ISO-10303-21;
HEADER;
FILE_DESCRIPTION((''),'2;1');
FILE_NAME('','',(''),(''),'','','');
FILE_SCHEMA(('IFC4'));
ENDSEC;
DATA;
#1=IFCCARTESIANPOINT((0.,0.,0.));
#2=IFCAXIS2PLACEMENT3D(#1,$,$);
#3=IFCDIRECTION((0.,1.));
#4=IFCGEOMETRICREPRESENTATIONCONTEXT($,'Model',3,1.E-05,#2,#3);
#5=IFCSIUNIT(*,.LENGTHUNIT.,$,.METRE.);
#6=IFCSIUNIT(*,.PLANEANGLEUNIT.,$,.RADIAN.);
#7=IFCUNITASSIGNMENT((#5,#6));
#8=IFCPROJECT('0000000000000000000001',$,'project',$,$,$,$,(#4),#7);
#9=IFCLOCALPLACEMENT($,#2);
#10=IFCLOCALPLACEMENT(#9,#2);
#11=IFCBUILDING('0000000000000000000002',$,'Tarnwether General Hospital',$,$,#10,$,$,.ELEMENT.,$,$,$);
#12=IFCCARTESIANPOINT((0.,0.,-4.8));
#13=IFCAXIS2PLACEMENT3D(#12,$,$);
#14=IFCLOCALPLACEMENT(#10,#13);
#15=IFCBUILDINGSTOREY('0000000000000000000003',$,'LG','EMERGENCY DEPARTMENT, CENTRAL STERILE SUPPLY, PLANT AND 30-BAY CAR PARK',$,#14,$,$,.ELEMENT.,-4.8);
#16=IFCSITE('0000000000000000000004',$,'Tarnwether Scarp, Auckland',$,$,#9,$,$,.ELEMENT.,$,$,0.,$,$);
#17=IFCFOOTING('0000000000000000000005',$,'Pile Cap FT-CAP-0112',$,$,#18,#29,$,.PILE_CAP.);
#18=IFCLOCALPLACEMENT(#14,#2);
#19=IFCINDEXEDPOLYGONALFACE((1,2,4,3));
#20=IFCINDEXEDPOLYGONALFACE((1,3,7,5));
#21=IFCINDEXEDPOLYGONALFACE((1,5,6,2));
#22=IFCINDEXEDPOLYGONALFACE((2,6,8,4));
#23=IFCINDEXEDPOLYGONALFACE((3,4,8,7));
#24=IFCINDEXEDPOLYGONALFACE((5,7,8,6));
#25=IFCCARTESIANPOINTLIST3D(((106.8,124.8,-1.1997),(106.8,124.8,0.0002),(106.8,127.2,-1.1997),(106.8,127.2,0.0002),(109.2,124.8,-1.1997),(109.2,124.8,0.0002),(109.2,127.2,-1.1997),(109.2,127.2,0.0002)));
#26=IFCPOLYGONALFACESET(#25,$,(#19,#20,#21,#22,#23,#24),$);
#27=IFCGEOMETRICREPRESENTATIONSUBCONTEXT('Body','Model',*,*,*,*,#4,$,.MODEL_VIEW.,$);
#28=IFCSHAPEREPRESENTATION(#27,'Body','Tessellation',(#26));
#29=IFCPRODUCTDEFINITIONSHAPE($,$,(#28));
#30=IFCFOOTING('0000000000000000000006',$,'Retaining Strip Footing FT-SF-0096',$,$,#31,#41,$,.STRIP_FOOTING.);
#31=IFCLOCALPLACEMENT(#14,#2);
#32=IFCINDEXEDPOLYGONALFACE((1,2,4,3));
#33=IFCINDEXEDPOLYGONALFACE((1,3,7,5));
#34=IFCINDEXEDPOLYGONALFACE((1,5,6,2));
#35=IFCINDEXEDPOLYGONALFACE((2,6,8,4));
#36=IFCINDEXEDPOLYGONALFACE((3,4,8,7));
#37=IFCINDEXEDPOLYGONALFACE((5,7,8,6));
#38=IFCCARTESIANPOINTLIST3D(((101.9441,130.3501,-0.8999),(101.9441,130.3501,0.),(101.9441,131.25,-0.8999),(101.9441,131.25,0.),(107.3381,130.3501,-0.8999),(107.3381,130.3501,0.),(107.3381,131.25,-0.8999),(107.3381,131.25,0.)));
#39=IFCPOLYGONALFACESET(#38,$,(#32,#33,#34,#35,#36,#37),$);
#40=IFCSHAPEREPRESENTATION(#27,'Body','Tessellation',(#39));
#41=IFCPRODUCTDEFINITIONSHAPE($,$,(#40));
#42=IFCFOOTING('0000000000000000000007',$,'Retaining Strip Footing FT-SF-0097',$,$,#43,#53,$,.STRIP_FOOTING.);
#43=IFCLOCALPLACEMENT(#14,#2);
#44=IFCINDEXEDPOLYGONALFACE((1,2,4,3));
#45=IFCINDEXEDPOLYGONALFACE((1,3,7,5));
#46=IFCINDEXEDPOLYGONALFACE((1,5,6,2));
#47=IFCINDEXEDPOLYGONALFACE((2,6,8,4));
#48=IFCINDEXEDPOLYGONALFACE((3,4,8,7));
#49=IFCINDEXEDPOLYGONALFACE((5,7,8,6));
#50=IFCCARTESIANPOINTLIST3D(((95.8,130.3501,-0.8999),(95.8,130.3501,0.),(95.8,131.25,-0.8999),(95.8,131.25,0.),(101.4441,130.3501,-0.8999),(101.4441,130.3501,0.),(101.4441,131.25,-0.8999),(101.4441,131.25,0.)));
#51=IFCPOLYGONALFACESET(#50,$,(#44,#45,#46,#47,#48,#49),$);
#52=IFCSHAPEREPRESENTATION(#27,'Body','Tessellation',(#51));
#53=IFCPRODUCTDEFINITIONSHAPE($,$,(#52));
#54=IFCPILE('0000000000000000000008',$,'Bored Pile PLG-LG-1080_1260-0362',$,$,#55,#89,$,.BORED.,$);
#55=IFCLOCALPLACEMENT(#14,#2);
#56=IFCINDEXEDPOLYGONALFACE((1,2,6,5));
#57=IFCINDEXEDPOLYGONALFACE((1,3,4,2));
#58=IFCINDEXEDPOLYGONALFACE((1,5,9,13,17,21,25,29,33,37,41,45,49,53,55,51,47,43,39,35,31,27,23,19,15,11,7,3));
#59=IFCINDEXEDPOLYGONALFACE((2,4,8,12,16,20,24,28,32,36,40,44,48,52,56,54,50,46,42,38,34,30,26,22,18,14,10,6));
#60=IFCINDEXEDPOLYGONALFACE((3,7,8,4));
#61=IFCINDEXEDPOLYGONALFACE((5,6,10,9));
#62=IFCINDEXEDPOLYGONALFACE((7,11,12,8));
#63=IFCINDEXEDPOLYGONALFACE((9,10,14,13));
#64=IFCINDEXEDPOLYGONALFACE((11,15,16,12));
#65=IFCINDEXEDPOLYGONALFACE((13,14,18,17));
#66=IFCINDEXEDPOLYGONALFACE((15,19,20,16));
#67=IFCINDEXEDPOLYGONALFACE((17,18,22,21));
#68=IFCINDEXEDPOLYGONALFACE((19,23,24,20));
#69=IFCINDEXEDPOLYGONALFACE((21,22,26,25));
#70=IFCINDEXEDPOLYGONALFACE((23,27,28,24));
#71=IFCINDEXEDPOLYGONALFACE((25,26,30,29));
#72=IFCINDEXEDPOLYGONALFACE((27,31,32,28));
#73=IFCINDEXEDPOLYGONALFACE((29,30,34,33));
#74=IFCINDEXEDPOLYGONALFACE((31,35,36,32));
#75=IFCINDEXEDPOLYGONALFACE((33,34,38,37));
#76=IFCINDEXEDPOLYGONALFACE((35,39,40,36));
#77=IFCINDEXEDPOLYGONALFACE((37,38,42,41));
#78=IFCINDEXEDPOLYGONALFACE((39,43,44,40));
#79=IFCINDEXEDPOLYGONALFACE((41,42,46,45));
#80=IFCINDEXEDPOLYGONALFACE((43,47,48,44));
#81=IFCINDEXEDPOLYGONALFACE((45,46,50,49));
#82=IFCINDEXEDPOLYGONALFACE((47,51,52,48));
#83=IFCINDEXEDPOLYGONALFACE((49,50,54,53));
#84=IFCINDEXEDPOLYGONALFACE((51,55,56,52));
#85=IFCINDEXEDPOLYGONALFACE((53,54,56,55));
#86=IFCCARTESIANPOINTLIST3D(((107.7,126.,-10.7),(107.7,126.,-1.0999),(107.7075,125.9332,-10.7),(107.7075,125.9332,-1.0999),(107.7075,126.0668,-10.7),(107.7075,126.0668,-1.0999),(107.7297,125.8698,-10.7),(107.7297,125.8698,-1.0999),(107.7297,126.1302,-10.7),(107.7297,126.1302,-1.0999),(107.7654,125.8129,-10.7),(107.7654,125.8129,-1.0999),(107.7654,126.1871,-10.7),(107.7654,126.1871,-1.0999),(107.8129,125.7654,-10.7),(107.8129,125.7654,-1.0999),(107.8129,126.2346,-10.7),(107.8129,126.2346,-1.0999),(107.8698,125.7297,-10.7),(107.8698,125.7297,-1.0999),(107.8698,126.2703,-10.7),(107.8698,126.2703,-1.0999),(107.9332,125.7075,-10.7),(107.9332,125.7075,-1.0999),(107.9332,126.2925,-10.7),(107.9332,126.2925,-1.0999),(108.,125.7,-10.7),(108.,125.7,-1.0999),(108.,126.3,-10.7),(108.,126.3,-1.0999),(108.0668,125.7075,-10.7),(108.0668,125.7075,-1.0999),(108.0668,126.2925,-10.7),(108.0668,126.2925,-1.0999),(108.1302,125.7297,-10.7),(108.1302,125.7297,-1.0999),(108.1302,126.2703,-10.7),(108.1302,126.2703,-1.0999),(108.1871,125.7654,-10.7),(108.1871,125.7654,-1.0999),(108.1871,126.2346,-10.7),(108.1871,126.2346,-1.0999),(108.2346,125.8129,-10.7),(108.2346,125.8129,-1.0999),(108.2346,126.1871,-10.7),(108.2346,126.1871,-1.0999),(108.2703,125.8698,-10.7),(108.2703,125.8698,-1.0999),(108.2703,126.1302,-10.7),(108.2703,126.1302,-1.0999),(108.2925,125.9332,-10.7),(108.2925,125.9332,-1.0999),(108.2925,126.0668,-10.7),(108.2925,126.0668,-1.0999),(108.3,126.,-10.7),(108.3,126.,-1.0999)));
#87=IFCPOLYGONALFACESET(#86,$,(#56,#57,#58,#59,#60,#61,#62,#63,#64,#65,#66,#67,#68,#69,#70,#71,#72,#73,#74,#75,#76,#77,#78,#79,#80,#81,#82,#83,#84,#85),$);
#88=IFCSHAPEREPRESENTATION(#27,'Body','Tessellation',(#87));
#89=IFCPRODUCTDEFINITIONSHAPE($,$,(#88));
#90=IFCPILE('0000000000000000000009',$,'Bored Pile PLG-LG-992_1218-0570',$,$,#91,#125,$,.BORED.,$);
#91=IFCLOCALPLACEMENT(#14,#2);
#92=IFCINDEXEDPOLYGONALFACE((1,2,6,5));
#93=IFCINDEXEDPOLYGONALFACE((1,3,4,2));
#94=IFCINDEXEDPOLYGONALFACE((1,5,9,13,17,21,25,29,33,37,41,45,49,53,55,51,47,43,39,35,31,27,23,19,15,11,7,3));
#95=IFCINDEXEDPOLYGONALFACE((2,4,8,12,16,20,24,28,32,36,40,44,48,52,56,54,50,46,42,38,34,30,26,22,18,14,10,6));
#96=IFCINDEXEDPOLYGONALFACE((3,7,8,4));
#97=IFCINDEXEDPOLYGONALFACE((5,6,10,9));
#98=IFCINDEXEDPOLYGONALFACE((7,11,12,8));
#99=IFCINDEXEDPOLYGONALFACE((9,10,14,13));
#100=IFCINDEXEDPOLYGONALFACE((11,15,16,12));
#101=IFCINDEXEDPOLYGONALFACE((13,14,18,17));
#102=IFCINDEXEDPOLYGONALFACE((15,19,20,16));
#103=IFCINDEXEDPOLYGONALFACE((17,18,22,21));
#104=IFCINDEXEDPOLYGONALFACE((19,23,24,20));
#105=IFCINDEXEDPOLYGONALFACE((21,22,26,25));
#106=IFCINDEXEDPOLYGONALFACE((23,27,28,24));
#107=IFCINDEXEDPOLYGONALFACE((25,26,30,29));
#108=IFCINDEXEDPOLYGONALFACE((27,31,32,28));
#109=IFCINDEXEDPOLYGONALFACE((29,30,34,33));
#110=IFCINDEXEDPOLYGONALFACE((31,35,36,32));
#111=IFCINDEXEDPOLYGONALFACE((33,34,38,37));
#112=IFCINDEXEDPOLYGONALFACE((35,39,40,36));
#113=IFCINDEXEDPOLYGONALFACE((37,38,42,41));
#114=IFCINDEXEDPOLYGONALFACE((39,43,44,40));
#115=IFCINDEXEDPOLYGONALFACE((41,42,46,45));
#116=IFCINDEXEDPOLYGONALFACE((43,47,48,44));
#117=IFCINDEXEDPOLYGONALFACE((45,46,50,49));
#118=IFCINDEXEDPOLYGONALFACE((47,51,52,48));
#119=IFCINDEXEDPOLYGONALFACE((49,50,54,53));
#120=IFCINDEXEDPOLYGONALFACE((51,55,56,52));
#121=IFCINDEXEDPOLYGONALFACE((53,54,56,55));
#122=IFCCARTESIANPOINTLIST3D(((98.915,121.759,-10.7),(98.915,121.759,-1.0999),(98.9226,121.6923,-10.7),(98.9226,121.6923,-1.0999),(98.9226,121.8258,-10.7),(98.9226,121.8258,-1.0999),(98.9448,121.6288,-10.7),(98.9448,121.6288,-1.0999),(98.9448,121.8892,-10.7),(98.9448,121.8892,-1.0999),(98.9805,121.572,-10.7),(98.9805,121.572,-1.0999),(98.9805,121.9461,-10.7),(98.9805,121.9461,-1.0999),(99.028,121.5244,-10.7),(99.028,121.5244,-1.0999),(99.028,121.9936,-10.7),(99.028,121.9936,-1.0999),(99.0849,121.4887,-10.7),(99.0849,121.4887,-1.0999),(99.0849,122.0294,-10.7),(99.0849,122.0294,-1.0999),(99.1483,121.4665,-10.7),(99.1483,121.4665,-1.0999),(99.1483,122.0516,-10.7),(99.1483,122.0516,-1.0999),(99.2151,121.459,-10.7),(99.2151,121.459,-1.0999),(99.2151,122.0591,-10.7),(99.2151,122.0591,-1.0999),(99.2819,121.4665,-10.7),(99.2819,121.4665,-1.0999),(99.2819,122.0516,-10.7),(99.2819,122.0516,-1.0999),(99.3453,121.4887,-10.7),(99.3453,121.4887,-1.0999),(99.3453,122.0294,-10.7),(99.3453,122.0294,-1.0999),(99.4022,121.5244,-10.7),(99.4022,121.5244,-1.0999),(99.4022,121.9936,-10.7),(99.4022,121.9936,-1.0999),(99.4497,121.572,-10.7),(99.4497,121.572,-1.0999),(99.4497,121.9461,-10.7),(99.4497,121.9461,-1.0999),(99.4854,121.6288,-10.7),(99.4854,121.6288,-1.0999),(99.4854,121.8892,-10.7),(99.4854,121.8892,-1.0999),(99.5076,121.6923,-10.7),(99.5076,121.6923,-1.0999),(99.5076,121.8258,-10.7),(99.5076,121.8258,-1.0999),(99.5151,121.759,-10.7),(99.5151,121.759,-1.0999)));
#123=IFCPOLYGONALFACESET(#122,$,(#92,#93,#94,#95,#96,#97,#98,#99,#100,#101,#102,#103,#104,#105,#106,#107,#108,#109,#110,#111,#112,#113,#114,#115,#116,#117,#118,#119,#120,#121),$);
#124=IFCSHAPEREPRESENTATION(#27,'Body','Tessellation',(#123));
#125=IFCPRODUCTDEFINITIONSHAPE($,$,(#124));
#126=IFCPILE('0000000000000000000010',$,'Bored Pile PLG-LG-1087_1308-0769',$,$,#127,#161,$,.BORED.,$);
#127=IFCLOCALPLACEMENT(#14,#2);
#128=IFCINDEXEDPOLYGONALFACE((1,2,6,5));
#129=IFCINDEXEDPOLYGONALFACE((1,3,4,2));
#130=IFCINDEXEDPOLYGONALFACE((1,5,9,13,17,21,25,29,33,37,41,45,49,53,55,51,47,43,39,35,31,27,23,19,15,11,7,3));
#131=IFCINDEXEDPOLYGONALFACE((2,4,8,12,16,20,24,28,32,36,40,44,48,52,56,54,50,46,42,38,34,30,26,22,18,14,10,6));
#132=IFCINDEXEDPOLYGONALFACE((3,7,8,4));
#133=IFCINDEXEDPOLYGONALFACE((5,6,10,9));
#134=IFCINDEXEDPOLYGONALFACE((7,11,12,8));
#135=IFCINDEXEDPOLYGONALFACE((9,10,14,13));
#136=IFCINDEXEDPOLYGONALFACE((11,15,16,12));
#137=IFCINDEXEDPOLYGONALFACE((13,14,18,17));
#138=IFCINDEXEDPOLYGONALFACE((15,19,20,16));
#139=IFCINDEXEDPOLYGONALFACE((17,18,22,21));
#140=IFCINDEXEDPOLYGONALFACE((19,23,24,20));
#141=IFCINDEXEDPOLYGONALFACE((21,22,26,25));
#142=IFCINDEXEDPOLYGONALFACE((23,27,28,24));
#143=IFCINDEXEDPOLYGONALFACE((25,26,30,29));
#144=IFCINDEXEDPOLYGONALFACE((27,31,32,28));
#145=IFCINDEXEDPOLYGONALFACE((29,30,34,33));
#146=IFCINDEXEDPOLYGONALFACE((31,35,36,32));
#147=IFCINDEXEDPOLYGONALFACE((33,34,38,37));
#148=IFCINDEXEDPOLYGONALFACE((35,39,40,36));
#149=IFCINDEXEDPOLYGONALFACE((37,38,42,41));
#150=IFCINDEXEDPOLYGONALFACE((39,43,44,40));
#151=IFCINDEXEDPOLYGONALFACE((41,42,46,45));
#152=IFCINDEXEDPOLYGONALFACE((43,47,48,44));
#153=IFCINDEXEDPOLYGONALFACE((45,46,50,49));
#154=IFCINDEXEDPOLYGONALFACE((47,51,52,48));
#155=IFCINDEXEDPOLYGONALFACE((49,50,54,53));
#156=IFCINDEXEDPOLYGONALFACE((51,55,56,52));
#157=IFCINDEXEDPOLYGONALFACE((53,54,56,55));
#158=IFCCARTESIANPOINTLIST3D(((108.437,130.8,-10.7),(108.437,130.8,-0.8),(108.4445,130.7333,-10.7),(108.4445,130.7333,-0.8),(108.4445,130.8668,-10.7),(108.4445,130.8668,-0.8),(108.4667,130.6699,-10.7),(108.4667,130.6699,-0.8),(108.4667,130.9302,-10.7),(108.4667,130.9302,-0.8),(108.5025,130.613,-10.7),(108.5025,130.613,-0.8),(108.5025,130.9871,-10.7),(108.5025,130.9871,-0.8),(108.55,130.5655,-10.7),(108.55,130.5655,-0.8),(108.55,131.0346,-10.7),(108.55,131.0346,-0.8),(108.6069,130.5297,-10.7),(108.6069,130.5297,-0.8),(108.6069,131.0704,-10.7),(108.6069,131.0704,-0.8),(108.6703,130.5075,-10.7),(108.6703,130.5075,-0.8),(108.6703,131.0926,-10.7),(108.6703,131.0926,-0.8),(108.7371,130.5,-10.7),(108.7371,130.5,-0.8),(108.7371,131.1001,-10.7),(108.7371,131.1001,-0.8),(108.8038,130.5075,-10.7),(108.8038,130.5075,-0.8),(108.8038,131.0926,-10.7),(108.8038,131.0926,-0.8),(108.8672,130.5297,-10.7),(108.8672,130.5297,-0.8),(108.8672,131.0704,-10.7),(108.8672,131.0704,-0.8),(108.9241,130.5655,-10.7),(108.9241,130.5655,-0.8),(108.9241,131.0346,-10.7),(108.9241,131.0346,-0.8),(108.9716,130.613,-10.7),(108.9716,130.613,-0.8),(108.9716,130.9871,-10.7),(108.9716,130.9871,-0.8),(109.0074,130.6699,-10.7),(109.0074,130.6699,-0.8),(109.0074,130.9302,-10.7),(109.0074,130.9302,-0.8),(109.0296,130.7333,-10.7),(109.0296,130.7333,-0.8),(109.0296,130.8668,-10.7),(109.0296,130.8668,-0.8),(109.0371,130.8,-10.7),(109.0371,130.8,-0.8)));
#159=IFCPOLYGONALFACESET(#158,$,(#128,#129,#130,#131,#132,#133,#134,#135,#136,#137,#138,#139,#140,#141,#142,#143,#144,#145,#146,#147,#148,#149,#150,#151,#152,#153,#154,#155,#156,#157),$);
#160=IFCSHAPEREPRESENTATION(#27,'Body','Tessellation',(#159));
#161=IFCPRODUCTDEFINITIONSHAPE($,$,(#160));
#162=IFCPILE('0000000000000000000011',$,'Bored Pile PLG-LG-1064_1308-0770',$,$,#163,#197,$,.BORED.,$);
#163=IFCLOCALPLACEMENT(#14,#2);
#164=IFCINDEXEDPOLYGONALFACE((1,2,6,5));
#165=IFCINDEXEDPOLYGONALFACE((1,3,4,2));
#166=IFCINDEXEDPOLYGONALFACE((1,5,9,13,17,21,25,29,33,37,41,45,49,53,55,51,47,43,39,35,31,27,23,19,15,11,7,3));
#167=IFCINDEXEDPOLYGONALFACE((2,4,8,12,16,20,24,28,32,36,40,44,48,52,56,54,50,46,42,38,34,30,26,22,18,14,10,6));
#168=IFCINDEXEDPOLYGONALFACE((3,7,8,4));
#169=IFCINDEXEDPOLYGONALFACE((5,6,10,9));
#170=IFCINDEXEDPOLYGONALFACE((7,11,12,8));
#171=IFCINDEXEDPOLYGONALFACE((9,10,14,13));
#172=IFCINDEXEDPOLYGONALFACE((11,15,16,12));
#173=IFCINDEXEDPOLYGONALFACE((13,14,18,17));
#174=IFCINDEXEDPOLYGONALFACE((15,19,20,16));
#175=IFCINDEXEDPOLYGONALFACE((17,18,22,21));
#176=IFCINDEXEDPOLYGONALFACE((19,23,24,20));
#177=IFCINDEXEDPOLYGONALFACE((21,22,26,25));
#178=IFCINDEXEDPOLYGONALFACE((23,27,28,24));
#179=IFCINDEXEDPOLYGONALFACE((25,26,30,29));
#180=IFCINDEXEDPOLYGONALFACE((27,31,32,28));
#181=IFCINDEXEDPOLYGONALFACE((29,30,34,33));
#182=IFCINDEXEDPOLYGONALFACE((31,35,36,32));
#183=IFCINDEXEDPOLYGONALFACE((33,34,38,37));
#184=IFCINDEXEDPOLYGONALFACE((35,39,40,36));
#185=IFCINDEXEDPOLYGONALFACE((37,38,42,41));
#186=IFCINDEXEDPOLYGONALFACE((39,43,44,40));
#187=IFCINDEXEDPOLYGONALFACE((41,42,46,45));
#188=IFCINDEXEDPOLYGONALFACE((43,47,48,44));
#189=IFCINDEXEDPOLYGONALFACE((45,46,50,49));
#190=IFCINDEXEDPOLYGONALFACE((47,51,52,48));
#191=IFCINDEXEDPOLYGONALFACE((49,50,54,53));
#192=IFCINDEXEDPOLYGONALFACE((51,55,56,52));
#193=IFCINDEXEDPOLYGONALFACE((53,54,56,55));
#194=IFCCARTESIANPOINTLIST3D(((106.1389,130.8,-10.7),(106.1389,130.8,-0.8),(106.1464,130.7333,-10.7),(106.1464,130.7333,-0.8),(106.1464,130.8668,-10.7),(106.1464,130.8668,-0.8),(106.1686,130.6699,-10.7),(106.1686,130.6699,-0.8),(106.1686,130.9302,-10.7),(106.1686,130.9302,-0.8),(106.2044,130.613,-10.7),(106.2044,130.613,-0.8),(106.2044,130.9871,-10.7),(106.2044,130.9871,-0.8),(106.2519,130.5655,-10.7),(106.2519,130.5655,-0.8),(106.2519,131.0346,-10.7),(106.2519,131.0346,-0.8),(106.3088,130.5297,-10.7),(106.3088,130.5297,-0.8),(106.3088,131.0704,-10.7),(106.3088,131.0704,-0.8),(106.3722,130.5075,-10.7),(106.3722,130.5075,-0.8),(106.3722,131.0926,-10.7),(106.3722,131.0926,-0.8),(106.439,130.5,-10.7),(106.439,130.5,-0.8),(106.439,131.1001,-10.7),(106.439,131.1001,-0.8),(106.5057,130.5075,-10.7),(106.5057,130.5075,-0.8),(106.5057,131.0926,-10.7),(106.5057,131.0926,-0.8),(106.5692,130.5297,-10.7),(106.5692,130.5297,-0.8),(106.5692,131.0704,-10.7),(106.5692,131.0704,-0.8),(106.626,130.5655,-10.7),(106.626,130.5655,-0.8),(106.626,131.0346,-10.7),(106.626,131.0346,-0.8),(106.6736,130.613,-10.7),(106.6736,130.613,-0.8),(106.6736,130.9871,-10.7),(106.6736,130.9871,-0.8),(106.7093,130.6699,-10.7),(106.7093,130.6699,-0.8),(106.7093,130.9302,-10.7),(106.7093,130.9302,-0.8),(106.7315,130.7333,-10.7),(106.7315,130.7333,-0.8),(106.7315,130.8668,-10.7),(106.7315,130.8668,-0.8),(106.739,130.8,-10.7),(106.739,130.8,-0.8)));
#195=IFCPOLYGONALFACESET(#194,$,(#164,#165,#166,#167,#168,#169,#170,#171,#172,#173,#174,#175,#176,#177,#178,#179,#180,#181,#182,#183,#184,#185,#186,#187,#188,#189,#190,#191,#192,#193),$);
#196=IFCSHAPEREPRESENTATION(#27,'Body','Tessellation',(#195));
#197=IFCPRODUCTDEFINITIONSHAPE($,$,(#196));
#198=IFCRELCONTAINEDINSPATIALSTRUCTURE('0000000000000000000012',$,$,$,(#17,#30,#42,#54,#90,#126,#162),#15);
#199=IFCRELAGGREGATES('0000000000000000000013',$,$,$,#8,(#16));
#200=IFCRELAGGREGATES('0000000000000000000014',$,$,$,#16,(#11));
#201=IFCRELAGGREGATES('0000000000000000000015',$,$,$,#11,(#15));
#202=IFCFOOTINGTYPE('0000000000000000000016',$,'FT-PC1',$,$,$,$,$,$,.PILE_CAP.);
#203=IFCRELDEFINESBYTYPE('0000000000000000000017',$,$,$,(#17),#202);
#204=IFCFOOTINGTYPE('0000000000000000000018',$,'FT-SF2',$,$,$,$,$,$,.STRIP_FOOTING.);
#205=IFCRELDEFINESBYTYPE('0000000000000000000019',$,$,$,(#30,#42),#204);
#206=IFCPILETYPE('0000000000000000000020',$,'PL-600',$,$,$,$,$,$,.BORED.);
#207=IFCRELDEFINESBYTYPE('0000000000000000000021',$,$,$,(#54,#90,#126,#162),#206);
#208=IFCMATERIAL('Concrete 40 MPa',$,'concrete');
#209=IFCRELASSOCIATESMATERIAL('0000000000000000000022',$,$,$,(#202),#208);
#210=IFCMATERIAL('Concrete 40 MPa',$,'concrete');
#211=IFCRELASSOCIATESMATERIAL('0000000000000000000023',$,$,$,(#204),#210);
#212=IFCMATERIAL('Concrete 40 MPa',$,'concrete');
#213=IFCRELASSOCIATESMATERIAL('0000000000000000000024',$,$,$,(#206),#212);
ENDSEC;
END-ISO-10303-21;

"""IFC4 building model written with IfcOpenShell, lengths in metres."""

from ifc_helpers import new_model, si_unit, direction, frame, origin, origin_2d, place, context, subcontext, project, spatial, rectangle, circle, extrude, material, material_profile, profile_set, type_object, element, save


model = new_model("IFC4")

# Units and contexts
model_context = context("Model", 3, precision=1e-05, world=origin(), true_north=direction((0.0, 1.0)))
body_context = subcontext(model_context, "Body", "Model", "MODEL_VIEW")
ifc_project = project(units=[si_unit("LENGTHUNIT", "METRE"), si_unit("PLANEANGLEUNIT", "RADIAN")], contexts=[model_context])

# Site, building, storey
site_placement = place(None, origin())
site = spatial("IfcSite", under=ifc_project, at=site_placement, Name="Tarnwether Scarp, Auckland", CompositionType="ELEMENT", RefElevation=0.0)
building_placement = place(site_placement, origin())
building = spatial("IfcBuilding", under=site, at=building_placement, Name="Tarnwether General Hospital", CompositionType="ELEMENT")
storey_placement = place(building_placement, frame((0.0, 0.0, -4.8)))
storey = spatial("IfcBuildingStorey", under=building, at=storey_placement, Name="LG", Description="EMERGENCY DEPARTMENT, CENTRAL STERILE SUPPLY, PLANT AND 30-BAY CAR PARK", CompositionType="ELEMENT", Elevation=-4.8)

# Footings
ifc_material_1 = material(Name="Concrete 40 MPa", Category="concrete")
footing_type_1 = type_object("IfcFootingType", Name="FT-PC1", PredefinedType="PILE_CAP", material=ifc_material_1)
footing_1_placement = place(storey_placement, frame((108.0, 126.0, -1.1997), z_axis=(0.0, 0.0, 1.0), x_axis=(0.0, 1.0, 0.0)))
element("IfcFooting", 1, at=footing_1_placement, inside=storey, type_object=footing_type_1, Name="Pile Cap FT-CAP-0112", PredefinedType="PILE_CAP", context=body_context, shape_type="SweptSolid", body=[
    extrude(rectangle(XDim=2.3999, YDim=2.3999, at=origin_2d()), origin(), (0.0, 0.0, 1.0), 1.2),
])
ifc_material_2 = material(Name="Concrete 40 MPa", Category="concrete")
footing_type_2 = type_object("IfcFootingType", Name="FT-SF2", PredefinedType="STRIP_FOOTING", material=ifc_material_2)
footing_2_placement = place(storey_placement, frame((104.6411, 130.8, -0.8999), z_axis=(0.0, 0.0, 1.0), x_axis=(-1.0, 0.0, 0.0)))
element("IfcFooting", 2, at=footing_2_placement, inside=storey, type_object=footing_type_2, Name="Retaining Strip Footing FT-SF-0096", PredefinedType="STRIP_FOOTING", context=body_context, shape_type="SweptSolid", body=[
    extrude(rectangle(XDim=5.394, YDim=0.8999, at=origin_2d()), origin(), (0.0, 0.0, 1.0), 0.8999),
])
footing_3_placement = place(storey_placement, frame((98.6221, 130.8, -0.8999), z_axis=(0.0, 0.0, 1.0), x_axis=(-1.0, 0.0, 0.0)))
element("IfcFooting", 3, at=footing_3_placement, inside=storey, type_object=footing_type_2, Name="Retaining Strip Footing FT-SF-0097", PredefinedType="STRIP_FOOTING", context=body_context, shape_type="SweptSolid", body=[
    extrude(rectangle(XDim=5.644, YDim=0.8999, at=origin_2d()), origin(), (0.0, 0.0, 1.0), 0.8999),
])

# Piles
ifc_material_3 = material(Name="Concrete 40 MPa", Category="concrete")
ifc_material_profile_1 = material_profile(ifc_material_3, circle(Radius=0.3, at=origin_2d()), Name="PILE-D600")
ifc_profile_set_1 = profile_set([ifc_material_profile_1], Name="Concrete 40 MPa")
pile_type_1 = type_object("IfcPileType", Name="PL-600", PredefinedType="BORED", material=ifc_profile_set_1)
for number, where, z_axis, x_axis, name in (
    (4, (108.0, 126.0, -1.0999), (0.0, 0.0, -1.0), (1.0, 0.0, 0.0), "Bored Pile PLG-LG-1080_1260-0362"),
    (5, (99.2151, 121.759, -1.0999), (0.0, 0.0, -1.0), (1.0, 0.0, 0.0), "Bored Pile PLG-LG-992_1218-0570"),
):
    element("IfcPile", number, at=place(storey_placement, frame(where, z_axis=z_axis, x_axis=x_axis)), inside=storey, type_object=pile_type_1, Name=name, PredefinedType="BORED", context=body_context, shape_type="SweptSolid", body=[
        extrude(circle(Radius=0.3, at=origin_2d()), origin(), (0.0, 0.0, 1.0), 9.6001),
    ])
for number, where, z_axis, x_axis, name in (
    (6, (108.7371, 130.8, -0.8), (0.0, 0.0, -1.0), (1.0, 0.0, 0.0), "Bored Pile PLG-LG-1087_1308-0769"),
    (7, (106.439, 130.8, -0.8), (0.0, 0.0, -1.0), (1.0, 0.0, 0.0), "Bored Pile PLG-LG-1064_1308-0770"),
):
    element("IfcPile", number, at=place(storey_placement, frame(where, z_axis=z_axis, x_axis=x_axis)), inside=storey, type_object=pile_type_1, Name=name, PredefinedType="BORED", context=body_context, shape_type="SweptSolid", body=[
        extrude(circle(Radius=0.3, at=origin_2d()), origin(), (0.0, 0.0, 1.0), 9.8999),
    ])

save(model, "model.ifc")
